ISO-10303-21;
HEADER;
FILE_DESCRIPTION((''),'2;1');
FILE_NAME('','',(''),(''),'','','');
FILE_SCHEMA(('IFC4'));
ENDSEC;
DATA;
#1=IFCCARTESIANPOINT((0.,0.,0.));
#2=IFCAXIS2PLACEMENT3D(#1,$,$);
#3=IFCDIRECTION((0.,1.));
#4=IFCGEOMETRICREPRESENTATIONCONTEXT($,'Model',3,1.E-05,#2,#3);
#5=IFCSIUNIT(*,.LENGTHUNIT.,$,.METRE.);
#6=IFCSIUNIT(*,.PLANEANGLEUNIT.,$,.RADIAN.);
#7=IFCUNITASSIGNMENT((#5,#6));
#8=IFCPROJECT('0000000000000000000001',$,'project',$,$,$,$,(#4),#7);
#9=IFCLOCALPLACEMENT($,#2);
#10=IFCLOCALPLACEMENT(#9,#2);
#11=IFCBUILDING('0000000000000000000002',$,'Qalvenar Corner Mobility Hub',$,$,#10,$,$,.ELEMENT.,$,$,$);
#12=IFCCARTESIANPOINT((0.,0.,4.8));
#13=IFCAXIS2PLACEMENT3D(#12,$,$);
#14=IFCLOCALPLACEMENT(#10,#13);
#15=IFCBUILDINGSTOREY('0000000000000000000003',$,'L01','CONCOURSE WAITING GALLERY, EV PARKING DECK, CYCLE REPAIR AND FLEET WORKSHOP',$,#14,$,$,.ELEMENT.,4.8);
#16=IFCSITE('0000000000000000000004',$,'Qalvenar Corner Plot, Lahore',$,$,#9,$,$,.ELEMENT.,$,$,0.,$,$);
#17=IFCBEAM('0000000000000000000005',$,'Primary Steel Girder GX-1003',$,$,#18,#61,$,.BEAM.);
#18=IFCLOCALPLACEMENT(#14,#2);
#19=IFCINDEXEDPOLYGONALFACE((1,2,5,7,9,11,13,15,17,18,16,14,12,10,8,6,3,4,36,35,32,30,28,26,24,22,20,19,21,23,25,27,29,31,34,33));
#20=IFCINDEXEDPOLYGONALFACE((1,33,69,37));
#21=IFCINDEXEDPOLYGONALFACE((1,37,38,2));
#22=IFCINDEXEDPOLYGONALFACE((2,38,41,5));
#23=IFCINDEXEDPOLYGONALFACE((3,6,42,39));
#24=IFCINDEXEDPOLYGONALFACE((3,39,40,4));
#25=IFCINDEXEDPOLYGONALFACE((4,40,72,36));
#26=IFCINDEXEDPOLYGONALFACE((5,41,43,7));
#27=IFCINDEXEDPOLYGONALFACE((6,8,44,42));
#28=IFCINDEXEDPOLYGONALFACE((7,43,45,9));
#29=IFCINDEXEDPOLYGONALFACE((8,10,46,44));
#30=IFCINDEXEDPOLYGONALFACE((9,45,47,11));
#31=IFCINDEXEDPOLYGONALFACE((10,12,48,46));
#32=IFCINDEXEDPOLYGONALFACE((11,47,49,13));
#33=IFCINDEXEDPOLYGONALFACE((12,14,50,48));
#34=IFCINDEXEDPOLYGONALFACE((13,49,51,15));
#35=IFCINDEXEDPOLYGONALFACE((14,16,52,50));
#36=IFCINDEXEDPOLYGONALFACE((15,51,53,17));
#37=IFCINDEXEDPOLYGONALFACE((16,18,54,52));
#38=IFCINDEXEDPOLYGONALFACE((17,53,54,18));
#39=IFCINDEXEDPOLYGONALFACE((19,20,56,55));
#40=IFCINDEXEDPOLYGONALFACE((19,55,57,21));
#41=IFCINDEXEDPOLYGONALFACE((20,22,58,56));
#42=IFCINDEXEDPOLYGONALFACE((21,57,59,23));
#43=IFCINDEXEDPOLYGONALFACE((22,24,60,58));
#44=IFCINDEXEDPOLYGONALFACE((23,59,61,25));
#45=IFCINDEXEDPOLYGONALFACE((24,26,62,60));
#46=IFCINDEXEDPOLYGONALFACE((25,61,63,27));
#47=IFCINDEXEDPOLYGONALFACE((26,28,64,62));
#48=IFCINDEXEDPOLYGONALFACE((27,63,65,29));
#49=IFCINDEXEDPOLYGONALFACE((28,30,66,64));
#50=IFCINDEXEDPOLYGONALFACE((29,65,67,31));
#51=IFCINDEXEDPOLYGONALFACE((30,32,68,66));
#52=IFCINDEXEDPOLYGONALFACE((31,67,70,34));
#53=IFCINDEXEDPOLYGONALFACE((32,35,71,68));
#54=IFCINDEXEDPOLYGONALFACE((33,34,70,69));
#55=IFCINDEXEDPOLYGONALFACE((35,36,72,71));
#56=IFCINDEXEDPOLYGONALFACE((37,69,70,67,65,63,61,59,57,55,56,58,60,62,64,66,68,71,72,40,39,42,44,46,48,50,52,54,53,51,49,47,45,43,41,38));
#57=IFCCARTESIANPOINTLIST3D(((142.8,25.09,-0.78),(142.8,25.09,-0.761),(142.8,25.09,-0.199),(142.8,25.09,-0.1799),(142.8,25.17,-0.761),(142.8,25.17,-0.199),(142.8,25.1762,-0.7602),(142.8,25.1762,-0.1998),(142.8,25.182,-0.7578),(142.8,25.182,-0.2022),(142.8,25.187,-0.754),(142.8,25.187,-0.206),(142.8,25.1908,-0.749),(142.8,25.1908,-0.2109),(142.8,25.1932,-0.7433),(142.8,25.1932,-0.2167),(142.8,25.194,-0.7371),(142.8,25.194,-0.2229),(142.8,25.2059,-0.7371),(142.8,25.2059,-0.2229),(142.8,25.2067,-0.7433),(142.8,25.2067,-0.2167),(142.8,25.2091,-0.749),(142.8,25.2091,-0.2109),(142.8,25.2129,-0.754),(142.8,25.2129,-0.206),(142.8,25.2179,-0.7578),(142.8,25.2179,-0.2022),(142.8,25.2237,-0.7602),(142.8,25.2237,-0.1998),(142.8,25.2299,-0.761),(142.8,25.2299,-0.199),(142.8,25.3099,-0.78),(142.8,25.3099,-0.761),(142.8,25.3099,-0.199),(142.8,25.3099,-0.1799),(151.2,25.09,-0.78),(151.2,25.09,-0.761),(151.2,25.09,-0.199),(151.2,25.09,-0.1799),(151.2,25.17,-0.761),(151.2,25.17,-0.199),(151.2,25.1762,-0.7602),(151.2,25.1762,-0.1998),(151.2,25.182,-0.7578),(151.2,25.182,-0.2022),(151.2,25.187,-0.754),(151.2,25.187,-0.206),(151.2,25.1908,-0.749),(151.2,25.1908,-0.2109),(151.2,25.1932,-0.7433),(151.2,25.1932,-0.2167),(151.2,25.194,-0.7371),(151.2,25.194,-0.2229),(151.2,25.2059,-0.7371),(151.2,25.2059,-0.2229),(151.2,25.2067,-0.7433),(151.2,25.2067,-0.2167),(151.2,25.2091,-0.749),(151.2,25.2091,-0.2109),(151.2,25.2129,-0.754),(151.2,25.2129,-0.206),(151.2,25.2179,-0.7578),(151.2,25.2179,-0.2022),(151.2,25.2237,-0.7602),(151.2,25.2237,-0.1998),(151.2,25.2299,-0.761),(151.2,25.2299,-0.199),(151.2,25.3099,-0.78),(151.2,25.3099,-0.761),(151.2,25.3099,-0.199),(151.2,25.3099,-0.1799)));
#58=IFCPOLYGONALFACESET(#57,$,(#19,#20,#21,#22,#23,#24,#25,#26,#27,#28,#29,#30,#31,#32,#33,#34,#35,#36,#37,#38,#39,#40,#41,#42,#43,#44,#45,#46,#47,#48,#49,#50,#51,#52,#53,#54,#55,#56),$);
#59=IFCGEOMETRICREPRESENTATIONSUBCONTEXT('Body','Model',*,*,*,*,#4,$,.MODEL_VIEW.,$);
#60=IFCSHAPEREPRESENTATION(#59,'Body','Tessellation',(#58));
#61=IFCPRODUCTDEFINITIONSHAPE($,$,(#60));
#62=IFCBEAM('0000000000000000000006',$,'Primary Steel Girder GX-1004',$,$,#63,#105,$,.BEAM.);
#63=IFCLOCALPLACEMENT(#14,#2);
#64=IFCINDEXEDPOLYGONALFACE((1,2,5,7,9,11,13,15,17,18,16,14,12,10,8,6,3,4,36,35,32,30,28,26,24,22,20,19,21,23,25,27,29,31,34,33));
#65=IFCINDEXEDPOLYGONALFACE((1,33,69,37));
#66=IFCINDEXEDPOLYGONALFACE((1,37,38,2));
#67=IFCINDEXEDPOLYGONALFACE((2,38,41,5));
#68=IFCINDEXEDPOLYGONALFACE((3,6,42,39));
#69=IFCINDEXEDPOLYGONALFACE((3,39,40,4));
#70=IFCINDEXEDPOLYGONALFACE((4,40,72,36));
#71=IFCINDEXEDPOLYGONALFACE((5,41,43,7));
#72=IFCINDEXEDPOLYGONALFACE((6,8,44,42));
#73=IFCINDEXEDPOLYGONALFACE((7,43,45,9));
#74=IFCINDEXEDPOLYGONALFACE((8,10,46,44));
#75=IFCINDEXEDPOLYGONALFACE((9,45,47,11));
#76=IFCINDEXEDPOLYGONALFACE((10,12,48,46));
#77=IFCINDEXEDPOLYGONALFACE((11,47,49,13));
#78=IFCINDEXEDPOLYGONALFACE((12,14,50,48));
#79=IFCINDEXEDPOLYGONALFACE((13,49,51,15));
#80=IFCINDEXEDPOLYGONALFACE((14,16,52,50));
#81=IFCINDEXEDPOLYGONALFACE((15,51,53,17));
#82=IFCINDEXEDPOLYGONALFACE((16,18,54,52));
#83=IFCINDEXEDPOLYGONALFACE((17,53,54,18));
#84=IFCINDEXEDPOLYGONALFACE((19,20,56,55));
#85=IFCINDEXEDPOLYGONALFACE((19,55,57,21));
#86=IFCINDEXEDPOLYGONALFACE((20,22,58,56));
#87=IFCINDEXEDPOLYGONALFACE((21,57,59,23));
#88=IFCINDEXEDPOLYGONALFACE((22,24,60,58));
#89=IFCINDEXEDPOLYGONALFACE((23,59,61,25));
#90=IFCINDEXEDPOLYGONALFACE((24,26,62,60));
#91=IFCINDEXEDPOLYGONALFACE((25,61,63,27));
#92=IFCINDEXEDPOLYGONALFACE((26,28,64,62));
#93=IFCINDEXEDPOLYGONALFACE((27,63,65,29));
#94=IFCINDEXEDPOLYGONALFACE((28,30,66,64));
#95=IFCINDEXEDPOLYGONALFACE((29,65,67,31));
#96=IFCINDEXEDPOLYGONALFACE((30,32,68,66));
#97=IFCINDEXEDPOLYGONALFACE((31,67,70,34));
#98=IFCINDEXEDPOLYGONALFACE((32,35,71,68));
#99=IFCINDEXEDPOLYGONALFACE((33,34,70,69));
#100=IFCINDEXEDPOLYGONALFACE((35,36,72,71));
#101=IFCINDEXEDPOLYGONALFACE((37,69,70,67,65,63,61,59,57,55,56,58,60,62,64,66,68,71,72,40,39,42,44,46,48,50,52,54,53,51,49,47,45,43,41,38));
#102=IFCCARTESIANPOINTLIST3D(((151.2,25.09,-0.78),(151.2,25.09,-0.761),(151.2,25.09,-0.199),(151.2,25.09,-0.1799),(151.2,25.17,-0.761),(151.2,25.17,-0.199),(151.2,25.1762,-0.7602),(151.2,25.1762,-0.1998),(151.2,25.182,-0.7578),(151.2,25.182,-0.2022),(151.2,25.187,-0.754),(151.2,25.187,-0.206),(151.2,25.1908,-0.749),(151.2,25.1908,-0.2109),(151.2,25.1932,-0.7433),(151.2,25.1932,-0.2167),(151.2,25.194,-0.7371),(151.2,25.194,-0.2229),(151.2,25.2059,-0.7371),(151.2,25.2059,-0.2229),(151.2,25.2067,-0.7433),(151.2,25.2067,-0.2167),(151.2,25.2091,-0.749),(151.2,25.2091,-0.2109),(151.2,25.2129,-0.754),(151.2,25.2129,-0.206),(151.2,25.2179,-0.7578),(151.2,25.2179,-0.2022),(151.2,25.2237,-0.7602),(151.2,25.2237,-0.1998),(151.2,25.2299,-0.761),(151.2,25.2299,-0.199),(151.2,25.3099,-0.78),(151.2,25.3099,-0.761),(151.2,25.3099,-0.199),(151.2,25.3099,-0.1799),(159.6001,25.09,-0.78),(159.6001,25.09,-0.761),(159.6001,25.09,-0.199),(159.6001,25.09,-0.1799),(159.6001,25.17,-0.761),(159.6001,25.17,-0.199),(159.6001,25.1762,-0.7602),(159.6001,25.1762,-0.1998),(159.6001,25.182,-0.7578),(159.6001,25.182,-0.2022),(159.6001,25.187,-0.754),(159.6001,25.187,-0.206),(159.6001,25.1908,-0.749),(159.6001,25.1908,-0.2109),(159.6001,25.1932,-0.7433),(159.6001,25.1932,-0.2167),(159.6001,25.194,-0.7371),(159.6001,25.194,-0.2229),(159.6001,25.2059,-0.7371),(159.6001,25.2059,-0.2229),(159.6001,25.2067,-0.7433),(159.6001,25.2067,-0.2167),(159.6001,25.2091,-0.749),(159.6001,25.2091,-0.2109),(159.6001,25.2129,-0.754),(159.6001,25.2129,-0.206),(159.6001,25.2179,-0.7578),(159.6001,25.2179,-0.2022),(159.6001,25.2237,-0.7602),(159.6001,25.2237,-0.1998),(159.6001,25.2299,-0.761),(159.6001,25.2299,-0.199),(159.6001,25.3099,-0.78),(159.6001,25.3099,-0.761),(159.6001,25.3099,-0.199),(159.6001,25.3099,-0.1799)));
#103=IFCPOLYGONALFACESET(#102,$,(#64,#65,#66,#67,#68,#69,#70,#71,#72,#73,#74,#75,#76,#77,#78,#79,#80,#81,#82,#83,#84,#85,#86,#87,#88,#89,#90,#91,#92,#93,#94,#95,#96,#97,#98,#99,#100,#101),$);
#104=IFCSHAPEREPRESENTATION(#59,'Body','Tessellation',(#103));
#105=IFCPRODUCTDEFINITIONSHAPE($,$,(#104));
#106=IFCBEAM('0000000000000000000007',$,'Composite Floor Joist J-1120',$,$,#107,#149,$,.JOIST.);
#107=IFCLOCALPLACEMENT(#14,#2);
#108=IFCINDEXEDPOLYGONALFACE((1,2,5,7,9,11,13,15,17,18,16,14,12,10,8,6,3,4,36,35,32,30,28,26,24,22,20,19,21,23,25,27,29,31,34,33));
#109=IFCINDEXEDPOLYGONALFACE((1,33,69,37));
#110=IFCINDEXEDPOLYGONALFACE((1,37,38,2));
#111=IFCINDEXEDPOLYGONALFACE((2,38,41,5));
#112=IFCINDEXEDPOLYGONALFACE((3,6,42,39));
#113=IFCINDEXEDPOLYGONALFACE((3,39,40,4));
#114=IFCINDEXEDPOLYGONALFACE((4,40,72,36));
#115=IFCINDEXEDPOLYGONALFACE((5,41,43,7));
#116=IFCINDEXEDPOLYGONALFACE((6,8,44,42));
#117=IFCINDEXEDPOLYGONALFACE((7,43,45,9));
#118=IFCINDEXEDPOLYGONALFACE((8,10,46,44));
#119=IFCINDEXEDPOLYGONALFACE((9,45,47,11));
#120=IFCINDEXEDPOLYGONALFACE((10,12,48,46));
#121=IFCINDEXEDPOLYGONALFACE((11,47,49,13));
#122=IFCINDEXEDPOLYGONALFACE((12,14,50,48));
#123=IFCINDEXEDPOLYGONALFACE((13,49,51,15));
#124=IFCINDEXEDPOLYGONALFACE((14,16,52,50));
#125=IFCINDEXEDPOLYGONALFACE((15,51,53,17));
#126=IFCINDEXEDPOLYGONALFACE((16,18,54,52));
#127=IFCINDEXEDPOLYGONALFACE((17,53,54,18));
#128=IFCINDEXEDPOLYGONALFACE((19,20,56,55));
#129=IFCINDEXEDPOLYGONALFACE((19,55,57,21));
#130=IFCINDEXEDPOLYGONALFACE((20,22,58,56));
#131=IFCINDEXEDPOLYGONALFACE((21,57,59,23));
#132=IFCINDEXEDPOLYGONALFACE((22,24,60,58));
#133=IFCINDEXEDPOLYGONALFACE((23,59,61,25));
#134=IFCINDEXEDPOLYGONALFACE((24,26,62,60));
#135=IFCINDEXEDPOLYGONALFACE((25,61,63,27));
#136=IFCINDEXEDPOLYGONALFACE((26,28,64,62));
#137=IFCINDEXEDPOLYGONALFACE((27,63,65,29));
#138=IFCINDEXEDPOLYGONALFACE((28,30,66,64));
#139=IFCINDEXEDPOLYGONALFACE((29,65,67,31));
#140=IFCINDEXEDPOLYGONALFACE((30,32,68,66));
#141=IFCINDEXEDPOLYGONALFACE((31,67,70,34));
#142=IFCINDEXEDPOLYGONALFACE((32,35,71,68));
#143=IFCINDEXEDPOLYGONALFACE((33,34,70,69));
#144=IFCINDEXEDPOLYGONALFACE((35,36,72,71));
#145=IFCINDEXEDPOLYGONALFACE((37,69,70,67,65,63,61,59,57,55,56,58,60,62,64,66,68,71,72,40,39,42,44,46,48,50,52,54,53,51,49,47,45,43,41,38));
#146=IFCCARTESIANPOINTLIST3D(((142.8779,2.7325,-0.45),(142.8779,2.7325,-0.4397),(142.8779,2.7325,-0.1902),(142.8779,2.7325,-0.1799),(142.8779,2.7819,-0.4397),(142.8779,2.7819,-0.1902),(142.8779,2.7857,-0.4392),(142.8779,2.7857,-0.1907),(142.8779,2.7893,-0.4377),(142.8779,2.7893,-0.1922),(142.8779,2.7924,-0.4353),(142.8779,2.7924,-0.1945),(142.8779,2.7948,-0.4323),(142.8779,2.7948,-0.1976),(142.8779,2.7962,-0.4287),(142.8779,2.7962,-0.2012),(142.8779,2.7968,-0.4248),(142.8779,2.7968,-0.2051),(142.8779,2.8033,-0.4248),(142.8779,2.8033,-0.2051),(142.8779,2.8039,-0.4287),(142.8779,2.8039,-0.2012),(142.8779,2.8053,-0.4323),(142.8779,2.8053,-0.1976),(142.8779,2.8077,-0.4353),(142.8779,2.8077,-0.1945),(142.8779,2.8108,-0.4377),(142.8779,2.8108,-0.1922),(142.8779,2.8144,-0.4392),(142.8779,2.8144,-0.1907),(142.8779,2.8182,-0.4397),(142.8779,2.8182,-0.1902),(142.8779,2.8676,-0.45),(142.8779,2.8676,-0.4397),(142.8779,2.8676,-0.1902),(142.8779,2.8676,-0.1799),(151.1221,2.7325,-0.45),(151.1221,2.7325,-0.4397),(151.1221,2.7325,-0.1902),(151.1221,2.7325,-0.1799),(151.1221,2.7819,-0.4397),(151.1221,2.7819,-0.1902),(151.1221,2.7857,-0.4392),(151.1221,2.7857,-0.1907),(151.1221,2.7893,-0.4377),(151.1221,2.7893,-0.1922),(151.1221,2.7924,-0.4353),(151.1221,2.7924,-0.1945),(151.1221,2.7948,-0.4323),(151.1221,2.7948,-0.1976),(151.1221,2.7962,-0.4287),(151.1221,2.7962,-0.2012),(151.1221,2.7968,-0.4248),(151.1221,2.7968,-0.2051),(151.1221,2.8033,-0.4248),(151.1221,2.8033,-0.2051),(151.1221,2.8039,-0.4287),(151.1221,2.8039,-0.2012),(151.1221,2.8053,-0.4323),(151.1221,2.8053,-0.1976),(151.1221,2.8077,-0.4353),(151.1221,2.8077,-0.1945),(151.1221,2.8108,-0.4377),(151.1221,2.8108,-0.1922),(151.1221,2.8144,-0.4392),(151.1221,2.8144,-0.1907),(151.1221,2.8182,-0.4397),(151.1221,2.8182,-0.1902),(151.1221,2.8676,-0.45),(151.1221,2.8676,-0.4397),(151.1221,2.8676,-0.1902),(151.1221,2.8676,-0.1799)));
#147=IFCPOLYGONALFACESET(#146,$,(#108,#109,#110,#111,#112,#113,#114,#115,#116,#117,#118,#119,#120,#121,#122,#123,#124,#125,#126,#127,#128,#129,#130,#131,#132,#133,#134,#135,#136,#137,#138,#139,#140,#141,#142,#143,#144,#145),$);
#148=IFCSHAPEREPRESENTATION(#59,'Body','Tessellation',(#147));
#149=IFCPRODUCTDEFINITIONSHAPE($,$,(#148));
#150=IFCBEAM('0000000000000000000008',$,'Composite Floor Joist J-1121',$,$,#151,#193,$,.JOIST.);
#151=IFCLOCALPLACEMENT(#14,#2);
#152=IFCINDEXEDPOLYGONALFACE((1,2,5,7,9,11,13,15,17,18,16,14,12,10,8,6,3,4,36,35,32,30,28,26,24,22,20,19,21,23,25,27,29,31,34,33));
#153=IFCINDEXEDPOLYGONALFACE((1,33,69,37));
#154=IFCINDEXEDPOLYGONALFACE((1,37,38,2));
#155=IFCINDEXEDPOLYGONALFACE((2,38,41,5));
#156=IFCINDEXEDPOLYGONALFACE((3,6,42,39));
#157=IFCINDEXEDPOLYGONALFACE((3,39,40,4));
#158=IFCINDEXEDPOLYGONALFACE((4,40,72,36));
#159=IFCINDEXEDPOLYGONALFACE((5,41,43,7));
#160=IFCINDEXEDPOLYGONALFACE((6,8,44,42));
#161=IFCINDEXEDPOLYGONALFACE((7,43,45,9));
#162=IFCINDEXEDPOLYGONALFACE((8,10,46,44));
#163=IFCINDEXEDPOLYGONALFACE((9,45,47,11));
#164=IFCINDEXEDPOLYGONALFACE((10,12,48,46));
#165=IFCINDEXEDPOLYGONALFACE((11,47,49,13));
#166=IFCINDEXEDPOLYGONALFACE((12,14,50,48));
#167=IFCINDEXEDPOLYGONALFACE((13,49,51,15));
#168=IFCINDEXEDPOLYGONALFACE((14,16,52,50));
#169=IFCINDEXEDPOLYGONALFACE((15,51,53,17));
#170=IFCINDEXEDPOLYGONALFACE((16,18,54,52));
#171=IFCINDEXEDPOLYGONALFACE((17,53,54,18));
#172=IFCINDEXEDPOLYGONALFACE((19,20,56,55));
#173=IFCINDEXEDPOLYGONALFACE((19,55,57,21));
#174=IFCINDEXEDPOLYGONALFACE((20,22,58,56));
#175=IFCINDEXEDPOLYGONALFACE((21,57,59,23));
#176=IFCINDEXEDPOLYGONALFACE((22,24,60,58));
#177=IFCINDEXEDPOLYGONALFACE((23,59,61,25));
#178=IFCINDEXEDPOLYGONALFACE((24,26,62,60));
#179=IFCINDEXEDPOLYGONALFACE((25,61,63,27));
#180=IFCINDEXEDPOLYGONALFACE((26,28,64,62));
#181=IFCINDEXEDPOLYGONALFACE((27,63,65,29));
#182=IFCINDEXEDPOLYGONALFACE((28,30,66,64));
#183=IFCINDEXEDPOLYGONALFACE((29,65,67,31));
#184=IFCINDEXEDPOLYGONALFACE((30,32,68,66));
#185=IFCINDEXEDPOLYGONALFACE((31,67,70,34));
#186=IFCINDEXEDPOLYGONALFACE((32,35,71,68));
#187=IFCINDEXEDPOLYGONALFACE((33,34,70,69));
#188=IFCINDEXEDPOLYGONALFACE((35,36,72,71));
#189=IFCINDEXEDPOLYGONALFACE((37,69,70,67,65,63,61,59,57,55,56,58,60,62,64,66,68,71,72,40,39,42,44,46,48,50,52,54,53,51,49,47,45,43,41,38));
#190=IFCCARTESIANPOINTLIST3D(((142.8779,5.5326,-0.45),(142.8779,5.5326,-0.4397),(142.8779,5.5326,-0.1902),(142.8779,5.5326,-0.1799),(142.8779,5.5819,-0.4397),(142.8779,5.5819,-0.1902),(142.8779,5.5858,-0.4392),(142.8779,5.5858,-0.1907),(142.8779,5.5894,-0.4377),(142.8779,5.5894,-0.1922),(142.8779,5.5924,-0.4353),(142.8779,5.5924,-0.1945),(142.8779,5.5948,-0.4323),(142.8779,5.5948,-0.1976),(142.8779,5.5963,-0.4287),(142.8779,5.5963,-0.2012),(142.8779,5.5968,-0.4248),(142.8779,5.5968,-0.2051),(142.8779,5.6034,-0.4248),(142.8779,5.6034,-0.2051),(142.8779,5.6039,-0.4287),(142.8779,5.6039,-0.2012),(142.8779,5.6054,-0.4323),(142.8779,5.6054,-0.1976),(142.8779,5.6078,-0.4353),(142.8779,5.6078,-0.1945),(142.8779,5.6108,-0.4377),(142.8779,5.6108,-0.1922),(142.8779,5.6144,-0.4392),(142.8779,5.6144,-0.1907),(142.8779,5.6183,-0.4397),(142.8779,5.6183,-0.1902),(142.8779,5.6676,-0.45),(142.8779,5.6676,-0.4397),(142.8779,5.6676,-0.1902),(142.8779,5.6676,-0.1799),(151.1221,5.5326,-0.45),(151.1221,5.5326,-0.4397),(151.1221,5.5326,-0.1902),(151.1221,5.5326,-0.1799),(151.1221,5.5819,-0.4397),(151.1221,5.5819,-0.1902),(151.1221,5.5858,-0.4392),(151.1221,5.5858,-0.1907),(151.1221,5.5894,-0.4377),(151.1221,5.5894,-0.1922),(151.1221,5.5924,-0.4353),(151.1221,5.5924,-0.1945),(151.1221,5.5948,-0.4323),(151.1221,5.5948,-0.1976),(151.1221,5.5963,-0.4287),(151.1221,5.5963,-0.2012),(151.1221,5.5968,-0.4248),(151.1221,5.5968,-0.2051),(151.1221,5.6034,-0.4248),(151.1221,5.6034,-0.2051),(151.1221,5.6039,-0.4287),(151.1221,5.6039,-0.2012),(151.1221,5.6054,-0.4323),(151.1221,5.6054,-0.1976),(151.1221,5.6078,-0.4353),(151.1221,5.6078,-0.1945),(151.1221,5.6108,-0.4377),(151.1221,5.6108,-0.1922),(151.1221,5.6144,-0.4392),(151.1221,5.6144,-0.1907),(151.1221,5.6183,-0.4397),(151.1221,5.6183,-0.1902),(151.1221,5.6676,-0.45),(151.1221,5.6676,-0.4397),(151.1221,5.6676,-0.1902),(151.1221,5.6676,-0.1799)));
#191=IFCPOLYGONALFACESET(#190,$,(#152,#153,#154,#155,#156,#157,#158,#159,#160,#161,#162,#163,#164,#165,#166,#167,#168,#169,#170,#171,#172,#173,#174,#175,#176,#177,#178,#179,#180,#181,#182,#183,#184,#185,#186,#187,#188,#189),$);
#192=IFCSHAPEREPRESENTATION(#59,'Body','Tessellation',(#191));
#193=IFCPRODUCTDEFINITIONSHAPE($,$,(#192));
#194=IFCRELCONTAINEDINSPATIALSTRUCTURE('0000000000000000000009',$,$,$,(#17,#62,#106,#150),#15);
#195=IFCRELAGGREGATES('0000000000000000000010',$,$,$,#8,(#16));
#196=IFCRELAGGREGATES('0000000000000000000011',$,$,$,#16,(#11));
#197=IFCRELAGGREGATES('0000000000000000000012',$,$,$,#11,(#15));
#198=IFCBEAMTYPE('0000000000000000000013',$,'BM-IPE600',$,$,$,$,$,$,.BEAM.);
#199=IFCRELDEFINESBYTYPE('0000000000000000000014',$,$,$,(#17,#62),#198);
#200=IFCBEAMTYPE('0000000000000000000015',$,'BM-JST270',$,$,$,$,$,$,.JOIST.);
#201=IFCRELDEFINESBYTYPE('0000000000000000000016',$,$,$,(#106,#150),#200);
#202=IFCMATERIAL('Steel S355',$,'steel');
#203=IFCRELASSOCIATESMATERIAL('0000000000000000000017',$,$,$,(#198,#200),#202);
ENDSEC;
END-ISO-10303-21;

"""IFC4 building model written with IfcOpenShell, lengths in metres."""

from ifc_helpers import new_model, si_unit, direction, frame, origin, origin_2d, place, context, subcontext, project, spatial, i_section, extrude, material, material_profile, profile_set, type_object, element, save


model = new_model("IFC4")

# Units and contexts
model_context = context("Model", 3, precision=1e-05, world=origin(), true_north=direction((0.0, 1.0)))
body_context = subcontext(model_context, "Body", "Model", "MODEL_VIEW")
ifc_project = project(units=[si_unit("LENGTHUNIT", "METRE"), si_unit("PLANEANGLEUNIT", "RADIAN")], contexts=[model_context])

# Site, building, storey
site_placement = place(None, origin())
site = spatial("IfcSite", under=ifc_project, at=site_placement, Name="Qalvenar Corner Plot, Lahore", CompositionType="ELEMENT", RefElevation=0.0)
building_placement = place(site_placement, origin())
building = spatial("IfcBuilding", under=site, at=building_placement, Name="Qalvenar Corner Mobility Hub", CompositionType="ELEMENT")
storey_placement = place(building_placement, frame((0.0, 0.0, 4.8)))
storey = spatial("IfcBuildingStorey", under=building, at=storey_placement, Name="L01", Description="CONCOURSE WAITING GALLERY, EV PARKING DECK, CYCLE REPAIR AND FLEET WORKSHOP", CompositionType="ELEMENT", Elevation=4.8)

# Shared definitions
ifc_material_1 = material(Name="Steel S355", Category="steel")

# Beams
ifc_material_profile_1 = material_profile(ifc_material_1, i_section(OverallWidth=0.22, OverallDepth=0.6001, WebThickness=0.012, FlangeThickness=0.019, FilletRadius=0.0239, at=origin_2d()), Name="IPE600")
ifc_profile_set_1 = profile_set([ifc_material_profile_1], Name="Steel S355")
beam_type_1 = type_object("IfcBeamType", Name="BM-IPE600", PredefinedType="BEAM", material=ifc_profile_set_1)
beam_1_placement = place(storey_placement, frame((142.8, 25.2, -0.48), z_axis=(1.0, 0.0, 0.0), x_axis=(0.0, 1.0, 0.0)))
element("IfcBeam", 1, at=beam_1_placement, inside=storey, type_object=beam_type_1, Name="Primary Steel Girder GX-1003", PredefinedType="BEAM", context=body_context, shape_type="SweptSolid", body=[
    extrude(i_section(OverallWidth=0.22, OverallDepth=0.6001, WebThickness=0.012, FlangeThickness=0.019, FilletRadius=0.0239, at=origin_2d()), origin(), (0.0, 0.0, 1.0), 8.3999),
])
beam_2_placement = place(storey_placement, frame((151.2, 25.2, -0.48), z_axis=(1.0, 0.0, 0.0), x_axis=(0.0, 1.0, 0.0)))
element("IfcBeam", 2, at=beam_2_placement, inside=storey, type_object=beam_type_1, Name="Primary Steel Girder GX-1004", PredefinedType="BEAM", context=body_context, shape_type="SweptSolid", body=[
    extrude(i_section(OverallWidth=0.22, OverallDepth=0.6001, WebThickness=0.012, FlangeThickness=0.019, FilletRadius=0.0239, at=origin_2d()), origin(), (0.0, 0.0, 1.0), 8.4001),
])
ifc_material_profile_2 = material_profile(ifc_material_1, i_section(OverallWidth=0.135, OverallDepth=0.27, WebThickness=0.0066, FlangeThickness=0.0103, FilletRadius=0.0149, at=origin_2d()), Name="IPE270")
ifc_profile_set_2 = profile_set([ifc_material_profile_2], Name="Steel S355")
beam_type_2 = type_object("IfcBeamType", Name="BM-JST270", PredefinedType="JOIST", material=ifc_profile_set_2)
for number, where, z_axis, x_axis, name in (
    (3, (142.8779, 2.8, -0.3149), (1.0, 0.0, 0.0), (0.0, 1.0, 0.0), "Composite Floor Joist J-1120"),
    (4, (142.8779, 5.6001, -0.3149), (1.0, 0.0, 0.0), (0.0, 1.0, 0.0), "Composite Floor Joist J-1121"),
):
    element("IfcBeam", number, at=place(storey_placement, frame(where, z_axis=z_axis, x_axis=x_axis)), inside=storey, type_object=beam_type_2, Name=name, PredefinedType="JOIST", context=body_context, shape_type="SweptSolid", body=[
        extrude(i_section(OverallWidth=0.135, OverallDepth=0.27, WebThickness=0.0066, FlangeThickness=0.0103, FilletRadius=0.0149, at=origin_2d()), origin(), (0.0, 0.0, 1.0), 8.2441),
    ])

save(model, "model.ifc")
